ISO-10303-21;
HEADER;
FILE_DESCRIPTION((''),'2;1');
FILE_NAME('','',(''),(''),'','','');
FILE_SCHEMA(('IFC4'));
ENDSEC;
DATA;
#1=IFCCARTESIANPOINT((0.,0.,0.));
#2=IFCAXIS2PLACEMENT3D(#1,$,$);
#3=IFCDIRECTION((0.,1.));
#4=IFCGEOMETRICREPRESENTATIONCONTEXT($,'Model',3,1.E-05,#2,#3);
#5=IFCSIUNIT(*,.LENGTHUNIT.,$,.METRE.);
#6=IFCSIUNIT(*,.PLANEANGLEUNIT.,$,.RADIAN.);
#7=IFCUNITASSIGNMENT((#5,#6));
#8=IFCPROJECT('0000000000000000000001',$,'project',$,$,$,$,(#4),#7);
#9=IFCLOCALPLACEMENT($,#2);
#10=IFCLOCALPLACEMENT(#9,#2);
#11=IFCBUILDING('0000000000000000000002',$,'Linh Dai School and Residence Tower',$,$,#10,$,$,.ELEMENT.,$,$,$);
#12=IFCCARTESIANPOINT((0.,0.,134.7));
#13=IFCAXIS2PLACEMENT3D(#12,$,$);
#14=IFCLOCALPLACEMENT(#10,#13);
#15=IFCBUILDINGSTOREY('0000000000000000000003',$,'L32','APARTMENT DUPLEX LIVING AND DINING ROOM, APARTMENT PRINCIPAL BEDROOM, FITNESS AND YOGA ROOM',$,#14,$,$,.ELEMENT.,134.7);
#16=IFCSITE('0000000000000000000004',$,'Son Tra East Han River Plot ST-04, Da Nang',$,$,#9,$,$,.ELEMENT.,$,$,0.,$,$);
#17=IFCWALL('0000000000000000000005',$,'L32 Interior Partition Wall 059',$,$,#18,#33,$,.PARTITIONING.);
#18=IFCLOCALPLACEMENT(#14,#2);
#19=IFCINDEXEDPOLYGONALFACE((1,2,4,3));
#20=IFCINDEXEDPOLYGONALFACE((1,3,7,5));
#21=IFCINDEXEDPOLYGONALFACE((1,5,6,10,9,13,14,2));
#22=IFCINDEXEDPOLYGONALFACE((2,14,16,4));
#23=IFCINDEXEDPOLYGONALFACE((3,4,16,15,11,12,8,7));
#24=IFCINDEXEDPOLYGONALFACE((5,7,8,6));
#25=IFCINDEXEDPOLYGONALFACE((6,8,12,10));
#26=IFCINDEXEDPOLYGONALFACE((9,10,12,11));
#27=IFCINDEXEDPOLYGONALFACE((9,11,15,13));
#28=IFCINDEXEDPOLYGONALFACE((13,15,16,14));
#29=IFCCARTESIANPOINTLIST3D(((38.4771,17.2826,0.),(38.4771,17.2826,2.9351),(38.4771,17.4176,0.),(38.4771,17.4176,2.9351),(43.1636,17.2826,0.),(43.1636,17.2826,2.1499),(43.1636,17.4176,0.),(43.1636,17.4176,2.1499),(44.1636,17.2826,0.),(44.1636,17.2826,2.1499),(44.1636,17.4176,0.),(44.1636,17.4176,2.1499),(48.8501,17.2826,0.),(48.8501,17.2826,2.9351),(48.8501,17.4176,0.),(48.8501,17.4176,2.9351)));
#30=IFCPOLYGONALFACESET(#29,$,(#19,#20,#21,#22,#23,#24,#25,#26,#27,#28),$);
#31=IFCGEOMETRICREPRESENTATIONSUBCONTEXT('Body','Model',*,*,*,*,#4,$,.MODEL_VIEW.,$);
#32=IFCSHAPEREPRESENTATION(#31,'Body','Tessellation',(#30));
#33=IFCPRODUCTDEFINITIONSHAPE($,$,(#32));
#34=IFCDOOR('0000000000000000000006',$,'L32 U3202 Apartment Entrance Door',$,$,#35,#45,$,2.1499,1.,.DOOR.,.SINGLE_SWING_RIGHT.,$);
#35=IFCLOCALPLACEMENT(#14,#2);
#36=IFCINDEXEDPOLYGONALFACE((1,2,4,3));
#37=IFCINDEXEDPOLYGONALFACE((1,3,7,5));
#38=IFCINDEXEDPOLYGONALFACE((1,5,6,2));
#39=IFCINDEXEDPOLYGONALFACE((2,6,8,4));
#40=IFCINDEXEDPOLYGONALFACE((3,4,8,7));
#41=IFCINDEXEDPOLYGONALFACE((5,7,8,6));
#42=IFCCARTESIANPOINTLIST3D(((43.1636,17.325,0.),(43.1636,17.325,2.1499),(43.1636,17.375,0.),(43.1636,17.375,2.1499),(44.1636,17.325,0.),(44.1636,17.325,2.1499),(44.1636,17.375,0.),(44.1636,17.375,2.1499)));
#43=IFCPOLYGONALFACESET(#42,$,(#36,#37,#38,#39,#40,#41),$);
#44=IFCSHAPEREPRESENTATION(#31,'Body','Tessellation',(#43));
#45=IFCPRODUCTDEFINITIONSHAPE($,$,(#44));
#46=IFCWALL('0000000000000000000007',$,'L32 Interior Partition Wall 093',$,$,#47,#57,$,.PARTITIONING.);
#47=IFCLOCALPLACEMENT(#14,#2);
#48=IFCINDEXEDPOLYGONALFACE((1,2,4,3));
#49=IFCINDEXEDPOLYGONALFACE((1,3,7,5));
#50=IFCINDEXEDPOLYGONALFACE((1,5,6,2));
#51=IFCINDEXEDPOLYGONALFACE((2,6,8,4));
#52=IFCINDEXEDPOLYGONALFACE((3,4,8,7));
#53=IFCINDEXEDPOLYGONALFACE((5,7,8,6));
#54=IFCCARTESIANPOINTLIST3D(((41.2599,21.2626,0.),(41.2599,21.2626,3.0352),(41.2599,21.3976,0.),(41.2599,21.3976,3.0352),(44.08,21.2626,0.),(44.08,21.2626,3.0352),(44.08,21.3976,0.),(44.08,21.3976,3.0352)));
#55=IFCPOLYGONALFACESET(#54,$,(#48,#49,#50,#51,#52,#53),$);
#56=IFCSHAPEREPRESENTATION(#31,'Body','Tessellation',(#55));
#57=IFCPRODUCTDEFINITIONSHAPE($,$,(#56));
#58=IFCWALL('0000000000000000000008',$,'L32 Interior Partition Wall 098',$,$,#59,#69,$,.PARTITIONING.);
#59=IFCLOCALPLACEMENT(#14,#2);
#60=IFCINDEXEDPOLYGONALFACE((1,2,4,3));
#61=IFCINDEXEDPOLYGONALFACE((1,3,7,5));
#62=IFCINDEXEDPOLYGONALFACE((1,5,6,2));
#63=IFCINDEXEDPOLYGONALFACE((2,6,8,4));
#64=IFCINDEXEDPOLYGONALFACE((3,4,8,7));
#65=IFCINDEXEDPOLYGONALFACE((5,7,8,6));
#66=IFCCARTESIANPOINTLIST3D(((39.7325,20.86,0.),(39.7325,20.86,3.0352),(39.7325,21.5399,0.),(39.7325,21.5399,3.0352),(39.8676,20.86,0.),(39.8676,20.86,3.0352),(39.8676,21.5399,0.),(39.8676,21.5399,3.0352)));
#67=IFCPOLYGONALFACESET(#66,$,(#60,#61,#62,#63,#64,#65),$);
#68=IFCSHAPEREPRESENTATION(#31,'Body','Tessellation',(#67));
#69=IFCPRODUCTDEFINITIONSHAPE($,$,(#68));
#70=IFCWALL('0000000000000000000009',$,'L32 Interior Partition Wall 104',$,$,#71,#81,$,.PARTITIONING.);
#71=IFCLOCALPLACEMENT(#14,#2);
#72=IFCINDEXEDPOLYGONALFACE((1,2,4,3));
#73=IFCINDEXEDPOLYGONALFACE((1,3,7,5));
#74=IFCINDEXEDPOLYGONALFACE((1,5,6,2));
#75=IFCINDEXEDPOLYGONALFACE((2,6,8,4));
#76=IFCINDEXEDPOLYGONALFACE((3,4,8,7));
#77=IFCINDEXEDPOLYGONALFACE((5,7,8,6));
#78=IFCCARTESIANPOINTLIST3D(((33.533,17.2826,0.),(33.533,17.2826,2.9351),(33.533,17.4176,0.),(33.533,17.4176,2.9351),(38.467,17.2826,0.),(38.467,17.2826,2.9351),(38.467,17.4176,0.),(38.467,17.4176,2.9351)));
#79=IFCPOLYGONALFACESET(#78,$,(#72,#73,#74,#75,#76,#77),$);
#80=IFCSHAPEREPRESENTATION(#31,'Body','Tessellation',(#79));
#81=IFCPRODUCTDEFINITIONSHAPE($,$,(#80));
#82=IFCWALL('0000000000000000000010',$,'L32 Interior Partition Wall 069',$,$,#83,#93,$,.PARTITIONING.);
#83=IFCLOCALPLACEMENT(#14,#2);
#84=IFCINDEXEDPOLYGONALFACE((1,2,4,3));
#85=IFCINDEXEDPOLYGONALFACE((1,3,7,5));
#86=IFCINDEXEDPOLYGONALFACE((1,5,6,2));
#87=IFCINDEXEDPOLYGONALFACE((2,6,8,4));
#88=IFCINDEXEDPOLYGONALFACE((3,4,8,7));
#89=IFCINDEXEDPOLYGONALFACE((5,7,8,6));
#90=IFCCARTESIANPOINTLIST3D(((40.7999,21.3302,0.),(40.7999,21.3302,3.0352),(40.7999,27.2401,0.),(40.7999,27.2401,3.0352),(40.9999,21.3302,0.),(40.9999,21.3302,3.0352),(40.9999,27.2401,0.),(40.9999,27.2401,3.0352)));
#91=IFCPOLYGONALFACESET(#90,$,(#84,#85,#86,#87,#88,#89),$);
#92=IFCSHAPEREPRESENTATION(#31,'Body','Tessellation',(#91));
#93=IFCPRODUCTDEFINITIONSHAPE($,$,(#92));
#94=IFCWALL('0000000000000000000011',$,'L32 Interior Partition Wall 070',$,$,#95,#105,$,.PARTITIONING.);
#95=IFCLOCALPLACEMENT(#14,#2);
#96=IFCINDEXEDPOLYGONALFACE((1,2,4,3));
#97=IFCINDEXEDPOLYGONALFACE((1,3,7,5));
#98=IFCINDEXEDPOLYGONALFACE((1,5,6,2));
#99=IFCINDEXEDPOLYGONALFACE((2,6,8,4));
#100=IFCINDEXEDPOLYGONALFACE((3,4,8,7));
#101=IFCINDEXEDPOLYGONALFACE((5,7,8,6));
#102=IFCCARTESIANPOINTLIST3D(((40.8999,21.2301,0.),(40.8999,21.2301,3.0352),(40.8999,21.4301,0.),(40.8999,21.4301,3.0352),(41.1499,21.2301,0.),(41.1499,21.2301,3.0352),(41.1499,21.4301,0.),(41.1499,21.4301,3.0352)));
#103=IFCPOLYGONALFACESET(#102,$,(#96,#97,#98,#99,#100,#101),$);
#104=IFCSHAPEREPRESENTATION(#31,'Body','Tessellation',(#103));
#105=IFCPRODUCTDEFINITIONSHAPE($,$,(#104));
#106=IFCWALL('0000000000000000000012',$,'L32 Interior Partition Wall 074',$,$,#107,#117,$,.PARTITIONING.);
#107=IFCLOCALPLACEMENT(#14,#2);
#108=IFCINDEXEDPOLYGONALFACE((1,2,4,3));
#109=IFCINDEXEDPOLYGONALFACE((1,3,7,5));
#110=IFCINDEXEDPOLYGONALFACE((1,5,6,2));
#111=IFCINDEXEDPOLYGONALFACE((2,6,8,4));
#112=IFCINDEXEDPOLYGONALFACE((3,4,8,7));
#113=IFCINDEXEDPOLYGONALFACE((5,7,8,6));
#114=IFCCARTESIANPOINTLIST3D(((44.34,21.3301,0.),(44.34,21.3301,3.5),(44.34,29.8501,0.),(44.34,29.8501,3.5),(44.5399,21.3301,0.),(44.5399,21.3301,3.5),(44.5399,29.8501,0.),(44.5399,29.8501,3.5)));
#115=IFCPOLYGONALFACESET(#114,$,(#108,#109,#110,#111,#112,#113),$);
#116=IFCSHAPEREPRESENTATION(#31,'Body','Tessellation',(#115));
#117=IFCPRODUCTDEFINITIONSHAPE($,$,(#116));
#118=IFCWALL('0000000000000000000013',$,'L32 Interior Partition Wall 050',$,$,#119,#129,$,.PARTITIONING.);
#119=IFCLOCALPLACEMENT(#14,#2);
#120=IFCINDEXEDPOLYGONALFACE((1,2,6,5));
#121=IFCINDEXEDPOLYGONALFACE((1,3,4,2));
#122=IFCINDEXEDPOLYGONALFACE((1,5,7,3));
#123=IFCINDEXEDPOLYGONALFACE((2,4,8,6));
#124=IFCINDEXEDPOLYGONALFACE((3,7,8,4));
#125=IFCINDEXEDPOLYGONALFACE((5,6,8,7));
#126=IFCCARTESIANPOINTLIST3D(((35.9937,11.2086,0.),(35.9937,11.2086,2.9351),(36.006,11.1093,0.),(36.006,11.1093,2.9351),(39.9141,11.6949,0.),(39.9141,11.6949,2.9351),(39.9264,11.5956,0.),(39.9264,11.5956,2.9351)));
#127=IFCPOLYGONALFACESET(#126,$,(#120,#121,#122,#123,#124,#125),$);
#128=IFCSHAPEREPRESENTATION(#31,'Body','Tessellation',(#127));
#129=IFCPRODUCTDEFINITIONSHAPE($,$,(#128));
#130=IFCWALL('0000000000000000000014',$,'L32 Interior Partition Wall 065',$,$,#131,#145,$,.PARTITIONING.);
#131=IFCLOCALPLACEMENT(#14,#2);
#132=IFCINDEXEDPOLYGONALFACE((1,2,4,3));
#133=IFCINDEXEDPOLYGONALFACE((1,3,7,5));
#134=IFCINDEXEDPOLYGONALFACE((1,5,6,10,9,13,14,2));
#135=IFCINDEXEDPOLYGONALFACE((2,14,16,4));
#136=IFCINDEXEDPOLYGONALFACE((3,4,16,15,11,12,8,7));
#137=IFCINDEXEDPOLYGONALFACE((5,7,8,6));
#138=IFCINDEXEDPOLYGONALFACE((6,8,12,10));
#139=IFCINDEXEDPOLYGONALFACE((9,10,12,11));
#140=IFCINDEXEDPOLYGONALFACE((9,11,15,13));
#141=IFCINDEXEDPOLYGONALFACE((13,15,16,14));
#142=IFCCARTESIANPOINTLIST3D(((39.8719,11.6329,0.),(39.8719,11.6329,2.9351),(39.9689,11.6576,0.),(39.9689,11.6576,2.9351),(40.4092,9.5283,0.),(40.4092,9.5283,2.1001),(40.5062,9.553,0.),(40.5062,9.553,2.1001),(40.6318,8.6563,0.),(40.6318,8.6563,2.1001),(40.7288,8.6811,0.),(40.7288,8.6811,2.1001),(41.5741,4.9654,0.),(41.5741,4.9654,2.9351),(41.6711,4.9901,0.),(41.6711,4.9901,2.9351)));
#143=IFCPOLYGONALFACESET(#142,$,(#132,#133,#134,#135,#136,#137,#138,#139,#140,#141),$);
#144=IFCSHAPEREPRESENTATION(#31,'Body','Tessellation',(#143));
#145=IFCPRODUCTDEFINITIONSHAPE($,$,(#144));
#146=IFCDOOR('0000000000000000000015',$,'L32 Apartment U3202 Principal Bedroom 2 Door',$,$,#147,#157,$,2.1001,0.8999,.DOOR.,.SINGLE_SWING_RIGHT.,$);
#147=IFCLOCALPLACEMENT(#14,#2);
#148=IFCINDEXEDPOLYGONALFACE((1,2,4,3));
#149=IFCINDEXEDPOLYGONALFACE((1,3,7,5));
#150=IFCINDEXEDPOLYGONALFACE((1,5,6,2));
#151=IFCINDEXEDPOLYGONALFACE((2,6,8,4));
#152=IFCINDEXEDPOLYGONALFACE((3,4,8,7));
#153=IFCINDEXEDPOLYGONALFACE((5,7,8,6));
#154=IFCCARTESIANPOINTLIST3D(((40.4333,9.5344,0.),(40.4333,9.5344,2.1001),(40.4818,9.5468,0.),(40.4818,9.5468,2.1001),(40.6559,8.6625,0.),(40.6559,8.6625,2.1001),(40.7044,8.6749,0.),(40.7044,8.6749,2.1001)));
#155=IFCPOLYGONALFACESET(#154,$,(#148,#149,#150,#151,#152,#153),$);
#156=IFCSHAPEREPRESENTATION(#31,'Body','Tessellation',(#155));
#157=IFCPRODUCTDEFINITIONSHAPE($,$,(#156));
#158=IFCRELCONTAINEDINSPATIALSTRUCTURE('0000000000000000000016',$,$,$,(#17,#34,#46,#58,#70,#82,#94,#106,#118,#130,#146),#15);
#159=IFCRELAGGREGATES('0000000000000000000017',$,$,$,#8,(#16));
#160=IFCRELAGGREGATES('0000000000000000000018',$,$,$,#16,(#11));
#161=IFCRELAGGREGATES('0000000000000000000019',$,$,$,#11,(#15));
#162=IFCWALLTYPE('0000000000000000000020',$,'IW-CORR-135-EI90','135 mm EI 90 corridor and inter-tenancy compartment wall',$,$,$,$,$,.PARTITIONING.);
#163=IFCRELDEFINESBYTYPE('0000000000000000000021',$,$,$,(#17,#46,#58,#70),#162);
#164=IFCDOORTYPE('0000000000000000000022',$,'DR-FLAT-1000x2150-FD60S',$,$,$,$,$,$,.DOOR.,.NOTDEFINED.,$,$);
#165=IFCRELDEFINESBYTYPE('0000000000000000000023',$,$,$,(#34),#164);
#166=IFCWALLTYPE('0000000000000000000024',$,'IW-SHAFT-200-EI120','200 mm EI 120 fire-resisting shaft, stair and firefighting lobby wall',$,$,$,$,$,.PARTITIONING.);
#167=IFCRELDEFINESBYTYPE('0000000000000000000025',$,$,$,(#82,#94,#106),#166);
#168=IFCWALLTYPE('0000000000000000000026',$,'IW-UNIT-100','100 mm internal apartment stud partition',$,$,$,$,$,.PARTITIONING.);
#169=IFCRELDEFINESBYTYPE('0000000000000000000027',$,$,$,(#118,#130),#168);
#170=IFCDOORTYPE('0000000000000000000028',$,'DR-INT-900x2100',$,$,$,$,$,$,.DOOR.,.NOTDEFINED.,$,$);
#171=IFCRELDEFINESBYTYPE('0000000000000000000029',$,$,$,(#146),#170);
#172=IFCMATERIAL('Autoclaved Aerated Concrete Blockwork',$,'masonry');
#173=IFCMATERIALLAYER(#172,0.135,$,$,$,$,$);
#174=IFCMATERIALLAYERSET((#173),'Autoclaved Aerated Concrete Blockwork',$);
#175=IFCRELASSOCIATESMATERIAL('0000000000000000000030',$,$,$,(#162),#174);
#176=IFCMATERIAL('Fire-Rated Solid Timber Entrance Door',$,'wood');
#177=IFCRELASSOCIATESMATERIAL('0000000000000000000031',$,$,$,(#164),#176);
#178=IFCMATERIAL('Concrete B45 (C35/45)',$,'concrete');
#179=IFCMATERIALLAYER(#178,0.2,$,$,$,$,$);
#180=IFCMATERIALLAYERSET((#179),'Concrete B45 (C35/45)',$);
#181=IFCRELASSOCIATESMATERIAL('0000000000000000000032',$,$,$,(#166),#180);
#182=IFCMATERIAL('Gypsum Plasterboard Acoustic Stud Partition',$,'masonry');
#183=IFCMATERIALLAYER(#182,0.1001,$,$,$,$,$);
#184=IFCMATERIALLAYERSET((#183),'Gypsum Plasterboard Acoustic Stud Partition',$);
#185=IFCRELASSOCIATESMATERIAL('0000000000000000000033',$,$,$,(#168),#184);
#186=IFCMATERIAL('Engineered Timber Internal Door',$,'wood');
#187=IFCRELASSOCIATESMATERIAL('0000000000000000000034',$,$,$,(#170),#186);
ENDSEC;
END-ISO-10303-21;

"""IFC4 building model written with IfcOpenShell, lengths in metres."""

from ifc_helpers import new_model, si_unit, direction, frame, frame_2d, origin, origin_2d, place, context, subcontext, project, spatial, rectangle, extrude, source, transform, mapped, material, layer, layer_set, type_object, element, fill, save


model = new_model("IFC4")

# Units and contexts
model_context = context("Model", 3, precision=1e-05, world=origin(), true_north=direction((0.0, 1.0)))
body_context = subcontext(model_context, "Body", "Model", "MODEL_VIEW")
ifc_project = project(units=[si_unit("LENGTHUNIT", "METRE"), si_unit("PLANEANGLEUNIT", "RADIAN")], contexts=[model_context])

# Site, building, storey
site_placement = place(None, origin())
site = spatial("IfcSite", under=ifc_project, at=site_placement, Name="Son Tra East Han River Plot ST-04, Da Nang", CompositionType="ELEMENT", RefElevation=0.0)
building_placement = place(site_placement, origin())
building = spatial("IfcBuilding", under=site, at=building_placement, Name="Linh Dai School and Residence Tower", CompositionType="ELEMENT")
storey_placement = place(building_placement, frame((0.0, 0.0, 134.7)))
storey = spatial("IfcBuildingStorey", under=building, at=storey_placement, Name="L32", Description="APARTMENT DUPLEX LIVING AND DINING ROOM, APARTMENT PRINCIPAL BEDROOM, FITNESS AND YOGA ROOM", CompositionType="ELEMENT", Elevation=134.7)

# Wall, opening, door
ifc_material_1 = material(Name="Autoclaved Aerated Concrete Blockwork", Category="masonry")
ifc_layer_1 = layer(ifc_material_1, 0.135)
ifc_layer_set_1 = layer_set([ifc_layer_1], Name="Autoclaved Aerated Concrete Blockwork")
wall_type_1 = type_object("IfcWallType", Name="IW-CORR-135-EI90", Description="135 mm EI 90 corridor and inter-tenancy compartment wall", PredefinedType="PARTITIONING", material=ifc_layer_set_1)
wall_1_placement = place(storey_placement, frame((38.4771, 17.3501, 0.0), z_axis=(0.0, 0.0, 1.0), x_axis=(1.0, 0.0, 0.0)))
wall_1 = element("IfcWall", 1, at=wall_1_placement, inside=storey, type_object=wall_type_1, Name="L32 Interior Partition Wall 059", PredefinedType="PARTITIONING", context=body_context, shape_type="SweptSolid", body=[
    extrude(rectangle(XDim=10.373, YDim=0.135, at=frame_2d((5.1865, 0.0))), origin(), (0.0, 0.0, 1.0), 2.9351),
])
opening_1_placement = place(wall_1_placement, frame((4.6865, 0.0, 0.0)))
opening_1 = element("IfcOpeningElement", 2, at=opening_1_placement, cuts=wall_1, PredefinedType="OPENING", context=body_context, shape_type="SweptSolid", body=[
    extrude(rectangle(XDim=1.0, YDim=2.1499, at=origin_2d()), frame((0.5, 0.0776, 1.075), z_axis=(0.0, -1.0, 0.0), x_axis=(1.0, 0.0, 0.0)), (0.0, 0.0, 1.0), 0.155),
])
ifc_material_2 = material(Name="Fire-Rated Solid Timber Entrance Door", Category="wood")
door_type_1 = type_object("IfcDoorType", Name="DR-FLAT-1000x2150-FD60S", OperationType="NOTDEFINED", PredefinedType="DOOR", material=ifc_material_2)
shared_shape_1 = source(origin(), body_context, "Body", "SweptSolid", [
    extrude(rectangle(XDim=1.0, YDim=2.1499, at=origin_2d()), frame((0.5, 0.0249, 1.075), z_axis=(0.0, -1.0, 0.0), x_axis=(1.0, 0.0, 0.0)), (0.0, 0.0, 1.0), 0.05),
])
door_1_placement = place(opening_1_placement, origin())
door_1 = element("IfcDoor", 3, at=door_1_placement, inside=storey, type_object=door_type_1, Name="L32 U3202 Apartment Entrance Door", OperationType="SINGLE_SWING_RIGHT", OverallHeight=2.1499, OverallWidth=1.0, PredefinedType="DOOR", context=body_context, shape_type="MappedRepresentation", body=[
    mapped(shared_shape_1, transform((0.0, 0.0, 0.0), x_axis=(1.0, 0.0, 0.0), y_axis=(0.0, 1.0, 0.0), z_axis=(0.0, 0.0, 1.0), scale=1.0)),
])
fill(opening_1, door_1)

# Walls
wall_2_placement = place(storey_placement, frame((44.0801, 21.3301, 0.0), z_axis=(0.0, 0.0, 1.0), x_axis=(-1.0, 0.0, 0.0)))
element("IfcWall", 4, at=wall_2_placement, inside=storey, type_object=wall_type_1, Name="L32 Interior Partition Wall 093", PredefinedType="PARTITIONING", context=body_context, shape_type="SweptSolid", body=[
    extrude(rectangle(XDim=2.8201, YDim=0.135, at=frame_2d((1.4102, 0.0))), origin(), (0.0, 0.0, 1.0), 3.0352),
])
wall_3_placement = place(storey_placement, frame((39.8, 20.8601, 0.0), z_axis=(0.0, 0.0, 1.0), x_axis=(0.0, 1.0, 0.0)))
element("IfcWall", 5, at=wall_3_placement, inside=storey, type_object=wall_type_1, Name="L32 Interior Partition Wall 098", PredefinedType="PARTITIONING", context=body_context, shape_type="SweptSolid", body=[
    extrude(rectangle(XDim=0.6799, YDim=0.135, at=frame_2d((0.3398, 0.0))), origin(), (0.0, 0.0, 1.0), 3.0352),
])
wall_4_placement = place(storey_placement, frame((38.467, 17.3501, 0.0), z_axis=(0.0, 0.0, 1.0), x_axis=(-1.0, 0.0, 0.0)))
element("IfcWall", 6, at=wall_4_placement, inside=storey, type_object=wall_type_1, Name="L32 Interior Partition Wall 104", PredefinedType="PARTITIONING", context=body_context, shape_type="SweptSolid", body=[
    extrude(rectangle(XDim=4.9341, YDim=0.135, at=frame_2d((2.467, 0.0))), origin(), (0.0, 0.0, 1.0), 2.9351),
])
ifc_material_3 = material(Name="Concrete B45 (C35/45)", Category="concrete")
ifc_layer_2 = layer(ifc_material_3, 0.2)
ifc_layer_set_2 = layer_set([ifc_layer_2], Name="Concrete B45 (C35/45)")
wall_type_2 = type_object("IfcWallType", Name="IW-SHAFT-200-EI120", Description="200 mm EI 120 fire-resisting shaft, stair and firefighting lobby wall", PredefinedType="PARTITIONING", material=ifc_layer_set_2)
wall_5_placement = place(storey_placement, frame((40.8999, 21.3301, 0.0), z_axis=(0.0, 0.0, 1.0), x_axis=(0.0, 1.0, 0.0)))
element("IfcWall", 7, at=wall_5_placement, inside=storey, type_object=wall_type_2, Name="L32 Interior Partition Wall 069", PredefinedType="PARTITIONING", context=body_context, shape_type="SweptSolid", body=[
    extrude(rectangle(XDim=5.9099, YDim=0.2, at=frame_2d((2.9551, 0.0))), origin(), (0.0, 0.0, 1.0), 3.0352),
])
wall_6_placement = place(storey_placement, frame((40.8999, 21.3301, 0.0), z_axis=(0.0, 0.0, 1.0), x_axis=(1.0, 0.0, 0.0)))
element("IfcWall", 8, at=wall_6_placement, inside=storey, type_object=wall_type_2, Name="L32 Interior Partition Wall 070", PredefinedType="PARTITIONING", context=body_context, shape_type="SweptSolid", body=[
    extrude(rectangle(XDim=0.25, YDim=0.2, at=frame_2d((0.125, 0.0))), origin(), (0.0, 0.0, 1.0), 3.0352),
])
wall_7_placement = place(storey_placement, frame((44.4399, 21.3301, 0.0), z_axis=(0.0, 0.0, 1.0), x_axis=(0.0, 1.0, 0.0)))
element("IfcWall", 9, at=wall_7_placement, inside=storey, type_object=wall_type_2, Name="L32 Interior Partition Wall 074", PredefinedType="PARTITIONING", context=body_context, shape_type="SweptSolid", body=[
    extrude(rectangle(XDim=8.52, YDim=0.2, at=frame_2d((4.26, 0.0))), origin(), (0.0, 0.0, 1.0), 3.5),
])
ifc_material_4 = material(Name="Gypsum Plasterboard Acoustic Stud Partition", Category="masonry")
ifc_layer_3 = layer(ifc_material_4, 0.1001)
ifc_layer_set_3 = layer_set([ifc_layer_3], Name="Gypsum Plasterboard Acoustic Stud Partition")
wall_type_3 = type_object("IfcWallType", Name="IW-UNIT-100", Description="100 mm internal apartment stud partition", PredefinedType="PARTITIONING", material=ifc_layer_set_3)
wall_8_placement = place(storey_placement, frame((36.0, 11.1589, 0.0), z_axis=(0.0, 0.0, 1.0), x_axis=(0.992393, 0.123107, 0.0)))
element("IfcWall", 10, at=wall_8_placement, inside=storey, type_object=wall_type_3, Name="L32 Interior Partition Wall 050", PredefinedType="PARTITIONING", context=body_context, shape_type="SweptSolid", body=[
    extrude(rectangle(XDim=3.9504, YDim=0.1001, at=frame_2d((1.9751, 0.0))), origin(), (0.0, 0.0, 1.0), 2.9351),
])

# Wall, opening, door
wall_9_placement = place(storey_placement, frame((39.9204, 11.6453, 0.0), z_axis=(0.0, 0.0, 1.0), x_axis=(0.247358, -0.968924, 0.0)))
wall_9 = element("IfcWall", 11, at=wall_9_placement, inside=storey, type_object=wall_type_3, Name="L32 Interior Partition Wall 065", PredefinedType="PARTITIONING", context=body_context, shape_type="SweptSolid", body=[
    extrude(rectangle(XDim=6.8813, YDim=0.1001, at=frame_2d((3.4407, 0.0))), origin(), (0.0, 0.0, 1.0), 2.9351),
])
opening_2_placement = place(wall_9_placement, frame((2.1721, 0.0, 0.0)))
opening_2 = element("IfcOpeningElement", 12, at=opening_2_placement, cuts=wall_9, PredefinedType="OPENING", context=body_context, shape_type="SweptSolid", body=[
    extrude(rectangle(XDim=0.8999, YDim=2.1001, at=origin_2d()), frame((0.45, 0.0601, 1.05), z_axis=(0.0, -1.0, 0.0), x_axis=(1.0, 0.0, 0.0)), (0.0, 0.0, 1.0), 0.1201),
])
ifc_material_5 = material(Name="Engineered Timber Internal Door", Category="wood")
door_type_2 = type_object("IfcDoorType", Name="DR-INT-900x2100", OperationType="NOTDEFINED", PredefinedType="DOOR", material=ifc_material_5)
shared_shape_2 = source(origin(), body_context, "Body", "SweptSolid", [
    extrude(rectangle(XDim=0.8999, YDim=2.1001, at=origin_2d()), frame((0.45, 0.0249, 1.05), z_axis=(0.0, -1.0, 0.0), x_axis=(1.0, 0.0, 0.0)), (0.0, 0.0, 1.0), 0.05),
])
door_2_placement = place(opening_2_placement, origin())
door_2 = element("IfcDoor", 13, at=door_2_placement, inside=storey, type_object=door_type_2, Name="L32 Apartment U3202 Principal Bedroom 2 Door", OperationType="SINGLE_SWING_RIGHT", OverallHeight=2.1001, OverallWidth=0.8999, PredefinedType="DOOR", context=body_context, shape_type="MappedRepresentation", body=[
    mapped(shared_shape_2, transform((0.0, 0.0, 0.0), x_axis=(1.0, 0.0, 0.0), y_axis=(0.0, 1.0, 0.0), z_axis=(0.0, 0.0, 1.0), scale=1.0)),
])
fill(opening_2, door_2)

save(model, "model.ifc")
